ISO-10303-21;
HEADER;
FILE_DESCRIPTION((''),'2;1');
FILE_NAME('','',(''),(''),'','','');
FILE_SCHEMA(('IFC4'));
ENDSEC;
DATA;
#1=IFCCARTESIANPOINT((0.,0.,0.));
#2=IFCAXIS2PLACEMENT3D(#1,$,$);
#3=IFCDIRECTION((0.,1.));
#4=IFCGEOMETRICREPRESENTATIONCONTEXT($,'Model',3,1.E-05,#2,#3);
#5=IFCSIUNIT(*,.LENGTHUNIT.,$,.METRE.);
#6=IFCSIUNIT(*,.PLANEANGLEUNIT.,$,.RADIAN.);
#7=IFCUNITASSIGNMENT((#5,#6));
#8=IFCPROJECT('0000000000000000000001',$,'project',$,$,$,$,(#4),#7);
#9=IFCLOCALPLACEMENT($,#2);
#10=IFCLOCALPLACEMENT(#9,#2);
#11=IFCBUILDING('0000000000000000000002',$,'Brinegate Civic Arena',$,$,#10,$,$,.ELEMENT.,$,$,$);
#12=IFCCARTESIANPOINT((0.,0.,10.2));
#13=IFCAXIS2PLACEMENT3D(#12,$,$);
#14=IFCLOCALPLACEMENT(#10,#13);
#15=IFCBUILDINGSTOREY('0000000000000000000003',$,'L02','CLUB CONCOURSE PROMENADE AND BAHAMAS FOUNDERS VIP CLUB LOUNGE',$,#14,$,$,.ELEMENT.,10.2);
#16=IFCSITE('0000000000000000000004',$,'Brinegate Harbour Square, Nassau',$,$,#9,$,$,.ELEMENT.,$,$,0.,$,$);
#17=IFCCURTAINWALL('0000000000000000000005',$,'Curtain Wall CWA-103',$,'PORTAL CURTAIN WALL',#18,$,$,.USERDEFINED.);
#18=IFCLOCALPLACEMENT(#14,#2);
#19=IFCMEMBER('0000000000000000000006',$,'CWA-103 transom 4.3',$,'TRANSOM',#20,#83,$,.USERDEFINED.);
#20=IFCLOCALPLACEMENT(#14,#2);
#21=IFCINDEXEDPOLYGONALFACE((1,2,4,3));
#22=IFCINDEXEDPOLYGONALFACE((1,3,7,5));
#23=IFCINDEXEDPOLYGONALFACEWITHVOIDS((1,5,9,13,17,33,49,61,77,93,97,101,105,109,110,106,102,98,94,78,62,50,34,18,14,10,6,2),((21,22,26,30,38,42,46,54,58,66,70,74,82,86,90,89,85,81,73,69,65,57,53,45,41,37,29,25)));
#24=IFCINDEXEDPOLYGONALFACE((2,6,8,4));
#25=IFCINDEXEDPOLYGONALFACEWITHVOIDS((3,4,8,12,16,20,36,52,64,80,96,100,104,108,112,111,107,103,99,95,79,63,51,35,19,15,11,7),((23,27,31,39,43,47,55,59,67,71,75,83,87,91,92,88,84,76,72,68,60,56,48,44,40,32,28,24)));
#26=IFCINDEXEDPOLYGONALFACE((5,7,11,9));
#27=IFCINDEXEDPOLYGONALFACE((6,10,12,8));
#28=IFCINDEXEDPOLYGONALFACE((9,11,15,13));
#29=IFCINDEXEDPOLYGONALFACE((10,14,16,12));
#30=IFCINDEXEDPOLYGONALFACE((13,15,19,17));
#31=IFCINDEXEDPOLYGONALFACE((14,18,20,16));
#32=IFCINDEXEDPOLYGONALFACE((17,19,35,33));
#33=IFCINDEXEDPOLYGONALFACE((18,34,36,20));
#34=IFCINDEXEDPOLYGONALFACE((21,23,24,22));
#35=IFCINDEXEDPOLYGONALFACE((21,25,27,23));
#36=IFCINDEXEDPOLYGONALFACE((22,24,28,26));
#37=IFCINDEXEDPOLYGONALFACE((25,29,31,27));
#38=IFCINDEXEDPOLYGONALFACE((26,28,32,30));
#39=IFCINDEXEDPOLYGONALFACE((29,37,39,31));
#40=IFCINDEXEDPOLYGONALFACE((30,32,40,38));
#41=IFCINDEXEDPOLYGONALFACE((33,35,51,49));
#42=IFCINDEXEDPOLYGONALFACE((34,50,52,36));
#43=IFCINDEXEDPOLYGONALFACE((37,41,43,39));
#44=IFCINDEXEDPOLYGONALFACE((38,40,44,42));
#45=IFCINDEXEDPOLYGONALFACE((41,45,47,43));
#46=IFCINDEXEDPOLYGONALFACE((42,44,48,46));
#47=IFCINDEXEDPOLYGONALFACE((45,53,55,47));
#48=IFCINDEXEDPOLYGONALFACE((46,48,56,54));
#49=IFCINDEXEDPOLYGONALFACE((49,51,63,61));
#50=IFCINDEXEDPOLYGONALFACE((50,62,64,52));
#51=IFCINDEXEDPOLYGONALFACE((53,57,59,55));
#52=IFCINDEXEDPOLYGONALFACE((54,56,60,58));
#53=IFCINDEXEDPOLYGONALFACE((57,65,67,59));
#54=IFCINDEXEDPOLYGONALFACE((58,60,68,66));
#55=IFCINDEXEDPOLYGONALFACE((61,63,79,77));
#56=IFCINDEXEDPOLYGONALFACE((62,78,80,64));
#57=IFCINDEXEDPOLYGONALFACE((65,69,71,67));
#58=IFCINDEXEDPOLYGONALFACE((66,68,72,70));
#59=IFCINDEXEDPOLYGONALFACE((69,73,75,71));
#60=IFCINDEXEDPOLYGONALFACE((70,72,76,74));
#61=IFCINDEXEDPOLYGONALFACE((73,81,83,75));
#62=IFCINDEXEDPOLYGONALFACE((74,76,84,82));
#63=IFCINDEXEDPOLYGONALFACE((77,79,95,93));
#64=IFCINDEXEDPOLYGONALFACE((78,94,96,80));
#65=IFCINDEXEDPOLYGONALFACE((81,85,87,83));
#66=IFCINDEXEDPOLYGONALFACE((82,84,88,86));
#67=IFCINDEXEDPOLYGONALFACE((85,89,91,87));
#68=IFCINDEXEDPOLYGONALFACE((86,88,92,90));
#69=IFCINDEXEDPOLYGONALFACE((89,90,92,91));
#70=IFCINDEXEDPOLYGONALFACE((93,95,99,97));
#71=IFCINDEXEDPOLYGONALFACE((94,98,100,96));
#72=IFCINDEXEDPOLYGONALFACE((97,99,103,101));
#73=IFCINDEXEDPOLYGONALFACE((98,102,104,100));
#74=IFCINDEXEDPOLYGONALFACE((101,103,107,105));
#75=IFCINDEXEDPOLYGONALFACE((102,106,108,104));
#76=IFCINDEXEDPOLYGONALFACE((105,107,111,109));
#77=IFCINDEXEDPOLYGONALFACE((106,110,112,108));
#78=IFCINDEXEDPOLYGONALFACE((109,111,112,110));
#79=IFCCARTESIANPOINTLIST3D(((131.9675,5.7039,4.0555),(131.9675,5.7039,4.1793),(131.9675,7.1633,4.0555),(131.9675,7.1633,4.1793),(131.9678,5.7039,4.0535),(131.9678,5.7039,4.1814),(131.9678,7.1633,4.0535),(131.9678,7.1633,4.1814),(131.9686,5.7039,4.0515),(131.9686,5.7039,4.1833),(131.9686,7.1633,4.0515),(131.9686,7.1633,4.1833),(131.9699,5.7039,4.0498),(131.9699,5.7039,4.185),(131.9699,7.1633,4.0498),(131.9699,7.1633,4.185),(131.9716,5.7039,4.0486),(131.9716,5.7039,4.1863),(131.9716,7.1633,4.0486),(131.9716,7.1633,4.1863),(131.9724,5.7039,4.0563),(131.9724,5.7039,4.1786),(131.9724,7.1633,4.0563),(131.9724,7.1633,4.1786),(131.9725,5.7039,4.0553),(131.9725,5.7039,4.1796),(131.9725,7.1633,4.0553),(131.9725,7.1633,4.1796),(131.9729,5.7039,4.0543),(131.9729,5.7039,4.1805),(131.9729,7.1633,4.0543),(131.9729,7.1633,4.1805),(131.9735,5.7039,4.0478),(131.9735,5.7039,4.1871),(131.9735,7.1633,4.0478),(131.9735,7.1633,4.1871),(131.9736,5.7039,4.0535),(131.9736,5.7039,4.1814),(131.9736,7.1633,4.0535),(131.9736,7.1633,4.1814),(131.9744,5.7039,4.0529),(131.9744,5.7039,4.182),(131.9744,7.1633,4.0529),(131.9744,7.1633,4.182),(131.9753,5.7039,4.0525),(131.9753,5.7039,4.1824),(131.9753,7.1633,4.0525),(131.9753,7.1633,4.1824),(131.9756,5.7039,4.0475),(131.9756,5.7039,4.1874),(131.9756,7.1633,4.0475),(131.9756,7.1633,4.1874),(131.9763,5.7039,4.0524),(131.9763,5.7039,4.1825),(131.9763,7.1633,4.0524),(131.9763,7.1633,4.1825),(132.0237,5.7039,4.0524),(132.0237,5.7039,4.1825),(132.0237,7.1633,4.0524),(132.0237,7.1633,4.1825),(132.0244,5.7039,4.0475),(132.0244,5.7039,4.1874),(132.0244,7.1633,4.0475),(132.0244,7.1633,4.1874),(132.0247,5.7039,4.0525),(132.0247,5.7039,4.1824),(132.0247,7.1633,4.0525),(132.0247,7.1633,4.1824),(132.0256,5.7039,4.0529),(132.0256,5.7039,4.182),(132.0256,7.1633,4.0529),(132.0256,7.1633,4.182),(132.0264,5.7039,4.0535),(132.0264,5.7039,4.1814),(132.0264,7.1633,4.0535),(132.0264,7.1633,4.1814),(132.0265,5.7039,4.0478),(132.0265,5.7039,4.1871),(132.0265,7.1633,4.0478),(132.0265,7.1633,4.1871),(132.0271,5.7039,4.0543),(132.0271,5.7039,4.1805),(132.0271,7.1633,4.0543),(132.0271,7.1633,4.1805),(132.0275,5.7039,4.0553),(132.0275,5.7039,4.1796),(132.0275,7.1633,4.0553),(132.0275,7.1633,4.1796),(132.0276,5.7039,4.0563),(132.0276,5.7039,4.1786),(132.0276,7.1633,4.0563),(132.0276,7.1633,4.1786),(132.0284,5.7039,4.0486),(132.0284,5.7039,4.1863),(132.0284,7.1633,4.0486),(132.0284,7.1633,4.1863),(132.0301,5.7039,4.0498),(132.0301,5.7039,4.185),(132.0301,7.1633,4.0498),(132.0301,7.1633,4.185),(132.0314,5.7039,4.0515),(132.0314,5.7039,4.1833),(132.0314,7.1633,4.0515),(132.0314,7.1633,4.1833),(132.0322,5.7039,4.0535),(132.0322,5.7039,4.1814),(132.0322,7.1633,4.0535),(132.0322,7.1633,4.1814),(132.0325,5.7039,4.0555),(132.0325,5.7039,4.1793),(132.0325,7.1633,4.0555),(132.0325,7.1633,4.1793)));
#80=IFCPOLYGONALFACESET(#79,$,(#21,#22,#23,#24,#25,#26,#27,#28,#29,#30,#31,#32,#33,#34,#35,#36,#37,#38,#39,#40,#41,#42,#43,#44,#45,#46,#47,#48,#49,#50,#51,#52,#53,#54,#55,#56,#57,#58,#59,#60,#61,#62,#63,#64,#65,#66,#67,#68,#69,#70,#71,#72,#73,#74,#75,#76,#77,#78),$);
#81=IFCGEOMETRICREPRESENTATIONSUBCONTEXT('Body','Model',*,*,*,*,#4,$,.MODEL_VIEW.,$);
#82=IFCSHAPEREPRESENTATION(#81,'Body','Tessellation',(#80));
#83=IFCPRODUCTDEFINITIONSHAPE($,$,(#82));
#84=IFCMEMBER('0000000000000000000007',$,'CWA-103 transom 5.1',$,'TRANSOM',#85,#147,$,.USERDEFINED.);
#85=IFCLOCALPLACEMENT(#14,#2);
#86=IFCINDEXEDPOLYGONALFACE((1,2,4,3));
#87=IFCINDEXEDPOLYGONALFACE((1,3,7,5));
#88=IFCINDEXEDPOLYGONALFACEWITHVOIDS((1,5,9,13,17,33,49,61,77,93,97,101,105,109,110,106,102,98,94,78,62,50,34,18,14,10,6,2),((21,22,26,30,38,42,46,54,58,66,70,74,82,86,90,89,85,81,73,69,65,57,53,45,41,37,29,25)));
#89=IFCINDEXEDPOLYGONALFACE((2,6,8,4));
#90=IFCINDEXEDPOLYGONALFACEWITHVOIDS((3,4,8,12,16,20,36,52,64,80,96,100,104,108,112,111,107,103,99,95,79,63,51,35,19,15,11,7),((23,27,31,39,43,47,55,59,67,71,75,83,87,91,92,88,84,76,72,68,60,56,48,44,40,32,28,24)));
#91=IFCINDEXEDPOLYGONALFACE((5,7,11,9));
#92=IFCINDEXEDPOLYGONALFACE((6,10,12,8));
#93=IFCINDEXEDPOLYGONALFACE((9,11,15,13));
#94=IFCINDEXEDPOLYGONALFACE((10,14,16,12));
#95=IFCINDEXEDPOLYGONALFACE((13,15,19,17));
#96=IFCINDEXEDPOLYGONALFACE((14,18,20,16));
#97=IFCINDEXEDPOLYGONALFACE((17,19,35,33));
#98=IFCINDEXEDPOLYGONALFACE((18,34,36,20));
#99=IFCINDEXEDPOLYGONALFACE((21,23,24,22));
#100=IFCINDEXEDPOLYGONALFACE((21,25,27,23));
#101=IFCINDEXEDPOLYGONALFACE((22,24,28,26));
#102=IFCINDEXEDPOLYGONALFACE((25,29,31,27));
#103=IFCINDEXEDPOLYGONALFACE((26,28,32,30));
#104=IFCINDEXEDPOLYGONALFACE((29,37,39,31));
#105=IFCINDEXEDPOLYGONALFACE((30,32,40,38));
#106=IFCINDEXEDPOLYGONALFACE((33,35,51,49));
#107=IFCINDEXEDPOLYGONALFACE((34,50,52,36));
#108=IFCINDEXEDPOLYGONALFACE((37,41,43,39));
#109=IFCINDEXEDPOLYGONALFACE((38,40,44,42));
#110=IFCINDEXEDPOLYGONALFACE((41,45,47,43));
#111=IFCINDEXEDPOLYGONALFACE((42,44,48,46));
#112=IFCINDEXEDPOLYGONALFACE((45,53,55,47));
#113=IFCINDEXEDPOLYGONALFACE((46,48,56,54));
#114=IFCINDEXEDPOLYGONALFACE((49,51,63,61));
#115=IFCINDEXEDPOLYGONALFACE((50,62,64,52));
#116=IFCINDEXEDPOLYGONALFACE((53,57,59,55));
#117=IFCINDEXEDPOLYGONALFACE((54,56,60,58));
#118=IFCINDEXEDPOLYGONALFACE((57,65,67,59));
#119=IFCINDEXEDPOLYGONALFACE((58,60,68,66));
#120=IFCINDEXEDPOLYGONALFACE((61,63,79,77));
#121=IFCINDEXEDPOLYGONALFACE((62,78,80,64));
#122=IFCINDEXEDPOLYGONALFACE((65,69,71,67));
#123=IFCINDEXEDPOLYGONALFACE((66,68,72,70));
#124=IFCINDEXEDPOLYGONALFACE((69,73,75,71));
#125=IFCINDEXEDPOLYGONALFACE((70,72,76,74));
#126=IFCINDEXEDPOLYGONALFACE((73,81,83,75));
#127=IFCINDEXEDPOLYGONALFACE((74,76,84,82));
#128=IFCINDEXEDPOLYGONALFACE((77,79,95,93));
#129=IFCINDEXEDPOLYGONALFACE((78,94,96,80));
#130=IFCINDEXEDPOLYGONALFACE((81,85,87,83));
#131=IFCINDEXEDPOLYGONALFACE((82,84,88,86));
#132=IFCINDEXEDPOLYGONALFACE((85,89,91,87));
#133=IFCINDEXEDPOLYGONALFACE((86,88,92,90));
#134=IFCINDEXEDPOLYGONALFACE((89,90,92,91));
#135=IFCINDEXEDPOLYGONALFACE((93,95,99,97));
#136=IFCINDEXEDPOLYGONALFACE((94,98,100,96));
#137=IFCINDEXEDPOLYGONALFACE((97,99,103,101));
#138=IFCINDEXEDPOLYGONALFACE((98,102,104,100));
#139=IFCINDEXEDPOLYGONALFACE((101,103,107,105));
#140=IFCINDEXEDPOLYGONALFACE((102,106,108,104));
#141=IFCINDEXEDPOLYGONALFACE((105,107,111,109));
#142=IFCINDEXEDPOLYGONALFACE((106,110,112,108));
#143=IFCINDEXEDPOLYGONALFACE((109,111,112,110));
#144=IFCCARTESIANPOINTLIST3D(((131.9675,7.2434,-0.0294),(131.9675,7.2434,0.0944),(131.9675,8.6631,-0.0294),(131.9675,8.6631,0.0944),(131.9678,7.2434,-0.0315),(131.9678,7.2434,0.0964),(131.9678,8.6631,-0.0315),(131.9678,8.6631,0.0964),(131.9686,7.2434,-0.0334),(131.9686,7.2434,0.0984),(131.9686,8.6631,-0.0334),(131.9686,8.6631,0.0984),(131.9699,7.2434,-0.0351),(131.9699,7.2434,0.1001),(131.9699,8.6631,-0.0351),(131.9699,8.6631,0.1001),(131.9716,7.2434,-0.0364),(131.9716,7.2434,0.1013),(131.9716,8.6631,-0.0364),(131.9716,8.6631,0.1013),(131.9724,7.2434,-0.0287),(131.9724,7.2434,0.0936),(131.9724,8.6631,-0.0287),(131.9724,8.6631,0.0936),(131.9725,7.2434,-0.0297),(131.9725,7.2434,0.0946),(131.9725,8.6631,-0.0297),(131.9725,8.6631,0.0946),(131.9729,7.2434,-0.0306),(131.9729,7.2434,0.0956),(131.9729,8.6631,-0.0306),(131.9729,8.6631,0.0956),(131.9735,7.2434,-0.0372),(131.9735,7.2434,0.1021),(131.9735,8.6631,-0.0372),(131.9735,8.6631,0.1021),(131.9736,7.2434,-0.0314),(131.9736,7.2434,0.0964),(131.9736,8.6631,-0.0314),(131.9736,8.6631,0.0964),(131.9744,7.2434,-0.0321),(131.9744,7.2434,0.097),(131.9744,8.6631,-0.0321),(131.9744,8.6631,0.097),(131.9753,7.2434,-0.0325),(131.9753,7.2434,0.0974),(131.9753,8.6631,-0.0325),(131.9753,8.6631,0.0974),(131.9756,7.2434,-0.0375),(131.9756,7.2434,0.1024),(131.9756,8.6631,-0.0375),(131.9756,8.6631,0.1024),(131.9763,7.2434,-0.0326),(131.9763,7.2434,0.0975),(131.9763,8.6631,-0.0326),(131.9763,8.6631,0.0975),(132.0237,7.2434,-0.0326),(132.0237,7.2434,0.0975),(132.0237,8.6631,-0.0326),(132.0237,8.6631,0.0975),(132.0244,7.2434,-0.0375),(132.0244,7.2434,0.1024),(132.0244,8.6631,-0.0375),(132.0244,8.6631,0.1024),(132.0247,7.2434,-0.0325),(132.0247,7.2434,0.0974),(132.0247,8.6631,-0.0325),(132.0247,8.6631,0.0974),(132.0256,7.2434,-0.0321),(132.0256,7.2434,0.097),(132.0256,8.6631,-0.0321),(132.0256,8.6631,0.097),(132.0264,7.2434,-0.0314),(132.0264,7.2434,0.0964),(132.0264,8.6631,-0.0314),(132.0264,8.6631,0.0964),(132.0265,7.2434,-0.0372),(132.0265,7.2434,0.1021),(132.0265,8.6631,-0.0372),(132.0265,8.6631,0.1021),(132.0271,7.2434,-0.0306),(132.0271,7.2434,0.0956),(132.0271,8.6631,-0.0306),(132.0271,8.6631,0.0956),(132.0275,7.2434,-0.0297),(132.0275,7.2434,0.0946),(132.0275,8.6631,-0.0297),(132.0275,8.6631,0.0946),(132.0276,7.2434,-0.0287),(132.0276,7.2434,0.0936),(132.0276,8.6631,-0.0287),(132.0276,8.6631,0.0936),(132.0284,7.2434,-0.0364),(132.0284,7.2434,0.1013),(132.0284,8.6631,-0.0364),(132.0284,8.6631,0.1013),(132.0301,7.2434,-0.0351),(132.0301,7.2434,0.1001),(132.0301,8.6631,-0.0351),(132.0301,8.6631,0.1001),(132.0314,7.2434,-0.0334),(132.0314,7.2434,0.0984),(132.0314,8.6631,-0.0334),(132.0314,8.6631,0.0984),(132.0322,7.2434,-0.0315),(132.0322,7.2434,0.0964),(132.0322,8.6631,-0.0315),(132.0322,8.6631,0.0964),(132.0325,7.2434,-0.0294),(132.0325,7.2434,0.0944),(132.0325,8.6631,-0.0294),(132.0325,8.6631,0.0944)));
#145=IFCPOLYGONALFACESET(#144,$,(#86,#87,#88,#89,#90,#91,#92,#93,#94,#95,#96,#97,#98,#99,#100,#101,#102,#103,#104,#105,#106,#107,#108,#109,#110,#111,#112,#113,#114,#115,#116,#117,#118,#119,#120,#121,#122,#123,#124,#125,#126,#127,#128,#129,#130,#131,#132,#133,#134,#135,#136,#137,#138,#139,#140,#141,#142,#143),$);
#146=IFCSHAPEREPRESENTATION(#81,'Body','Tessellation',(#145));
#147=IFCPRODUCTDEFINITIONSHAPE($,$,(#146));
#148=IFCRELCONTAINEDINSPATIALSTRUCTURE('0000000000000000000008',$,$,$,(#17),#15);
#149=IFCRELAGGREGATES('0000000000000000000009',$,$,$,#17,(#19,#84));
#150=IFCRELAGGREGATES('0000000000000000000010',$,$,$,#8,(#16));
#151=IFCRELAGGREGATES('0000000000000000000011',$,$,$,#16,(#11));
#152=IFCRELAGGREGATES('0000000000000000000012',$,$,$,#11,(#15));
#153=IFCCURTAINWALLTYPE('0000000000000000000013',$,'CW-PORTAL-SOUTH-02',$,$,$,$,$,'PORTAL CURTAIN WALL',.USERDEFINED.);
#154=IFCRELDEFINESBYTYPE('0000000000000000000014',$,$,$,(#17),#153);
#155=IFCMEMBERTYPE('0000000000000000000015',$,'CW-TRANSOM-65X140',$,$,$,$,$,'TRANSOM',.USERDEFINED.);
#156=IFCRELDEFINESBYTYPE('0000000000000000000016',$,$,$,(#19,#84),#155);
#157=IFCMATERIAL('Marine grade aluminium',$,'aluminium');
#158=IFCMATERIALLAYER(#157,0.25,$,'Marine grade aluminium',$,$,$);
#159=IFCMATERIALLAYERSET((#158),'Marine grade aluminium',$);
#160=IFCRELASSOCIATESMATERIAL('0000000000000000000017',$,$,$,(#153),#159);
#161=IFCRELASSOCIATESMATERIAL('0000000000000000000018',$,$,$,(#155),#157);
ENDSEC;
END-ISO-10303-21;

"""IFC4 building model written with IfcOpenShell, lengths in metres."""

from ifc_helpers import new_model, si_unit, direction, frame, origin, origin_2d, place, context, subcontext, project, spatial, hollow_rectangle, extrude, material, layer, layer_set, material_profile, profile_set, type_object, element, aggregate, save


model = new_model("IFC4")

# Units and contexts
model_context = context("Model", 3, precision=1e-05, world=origin(), true_north=direction((0.0, 1.0)))
body_context = subcontext(model_context, "Body", "Model", "MODEL_VIEW")
ifc_project = project(units=[si_unit("LENGTHUNIT", "METRE"), si_unit("PLANEANGLEUNIT", "RADIAN")], contexts=[model_context])

# Site, building, storey
site_placement = place(None, origin())
site = spatial("IfcSite", under=ifc_project, at=site_placement, Name="Brinegate Harbour Square, Nassau", CompositionType="ELEMENT", RefElevation=0.0)
building_placement = place(site_placement, origin())
building = spatial("IfcBuilding", under=site, at=building_placement, Name="Brinegate Civic Arena", CompositionType="ELEMENT")
storey_placement = place(building_placement, frame((0.0, 0.0, 10.2)))
storey = spatial("IfcBuildingStorey", under=building, at=storey_placement, Name="L02", Description="CLUB CONCOURSE PROMENADE AND BAHAMAS FOUNDERS VIP CLUB LOUNGE", CompositionType="ELEMENT", Elevation=10.2)

# Curtain wall, members
ifc_material_1 = material(Name="Marine grade aluminium", Category="aluminium")
ifc_layer_1 = layer(ifc_material_1, 0.25, Name="Marine grade aluminium")
ifc_layer_set_1 = layer_set([ifc_layer_1], Name="Marine grade aluminium")
curtain_wall_type = type_object("IfcCurtainWallType", Name="CW-PORTAL-SOUTH-02", ElementType="PORTAL CURTAIN WALL", PredefinedType="USERDEFINED", material=ifc_layer_set_1)
curtain_wall_placement = place(storey_placement, origin())
curtain_wall = element("IfcCurtainWall", 1, at=curtain_wall_placement, inside=storey, type_object=curtain_wall_type, Name="Curtain Wall CWA-103", ObjectType="PORTAL CURTAIN WALL", PredefinedType="USERDEFINED")
ifc_material_profile_1 = material_profile(ifc_material_1, hollow_rectangle(XDim=0.0649, YDim=0.1399, WallThickness=0.0049, InnerFilletRadius=0.0039, OuterFilletRadius=0.0081, at=origin_2d()), Name="TRN65X140")
ifc_profile_set_1 = profile_set([ifc_material_profile_1], Name="Marine grade aluminium")
member_type_1 = type_object("IfcMemberType", Name="CW-TRANSOM-65X140", ElementType="TRANSOM", PredefinedType="USERDEFINED", material=ifc_profile_set_1)
member_1_placement = place(storey_placement, frame((132.0, 5.7039, 4.1174), z_axis=(0.0, 1.0, 0.0), x_axis=(-1.0, 0.0, 0.0)))
member_1 = element("IfcMember", 2, at=member_1_placement, type_object=member_type_1, Name="CWA-103 transom 4.3", ObjectType="TRANSOM", PredefinedType="USERDEFINED", context=body_context, shape_type="SweptSolid", body=[
    extrude(hollow_rectangle(XDim=0.0649, YDim=0.1399, WallThickness=0.0049, InnerFilletRadius=0.0039, OuterFilletRadius=0.0081, at=origin_2d()), origin(), (0.0, 0.0, 1.0), 1.4595),
])
member_2_placement = place(storey_placement, frame((132.0, 7.2434, 0.0325), z_axis=(0.0, 1.0, 0.0), x_axis=(-1.0, 0.0, 0.0)))
member_2 = element("IfcMember", 3, at=member_2_placement, type_object=member_type_1, Name="CWA-103 transom 5.1", ObjectType="TRANSOM", PredefinedType="USERDEFINED", context=body_context, shape_type="SweptSolid", body=[
    extrude(hollow_rectangle(XDim=0.0649, YDim=0.1399, WallThickness=0.0049, InnerFilletRadius=0.0039, OuterFilletRadius=0.0081, at=origin_2d()), origin(), (0.0, 0.0, 1.0), 1.4197),
])

aggregate(curtain_wall, [member_1, member_2])

save(model, "model.ifc")
